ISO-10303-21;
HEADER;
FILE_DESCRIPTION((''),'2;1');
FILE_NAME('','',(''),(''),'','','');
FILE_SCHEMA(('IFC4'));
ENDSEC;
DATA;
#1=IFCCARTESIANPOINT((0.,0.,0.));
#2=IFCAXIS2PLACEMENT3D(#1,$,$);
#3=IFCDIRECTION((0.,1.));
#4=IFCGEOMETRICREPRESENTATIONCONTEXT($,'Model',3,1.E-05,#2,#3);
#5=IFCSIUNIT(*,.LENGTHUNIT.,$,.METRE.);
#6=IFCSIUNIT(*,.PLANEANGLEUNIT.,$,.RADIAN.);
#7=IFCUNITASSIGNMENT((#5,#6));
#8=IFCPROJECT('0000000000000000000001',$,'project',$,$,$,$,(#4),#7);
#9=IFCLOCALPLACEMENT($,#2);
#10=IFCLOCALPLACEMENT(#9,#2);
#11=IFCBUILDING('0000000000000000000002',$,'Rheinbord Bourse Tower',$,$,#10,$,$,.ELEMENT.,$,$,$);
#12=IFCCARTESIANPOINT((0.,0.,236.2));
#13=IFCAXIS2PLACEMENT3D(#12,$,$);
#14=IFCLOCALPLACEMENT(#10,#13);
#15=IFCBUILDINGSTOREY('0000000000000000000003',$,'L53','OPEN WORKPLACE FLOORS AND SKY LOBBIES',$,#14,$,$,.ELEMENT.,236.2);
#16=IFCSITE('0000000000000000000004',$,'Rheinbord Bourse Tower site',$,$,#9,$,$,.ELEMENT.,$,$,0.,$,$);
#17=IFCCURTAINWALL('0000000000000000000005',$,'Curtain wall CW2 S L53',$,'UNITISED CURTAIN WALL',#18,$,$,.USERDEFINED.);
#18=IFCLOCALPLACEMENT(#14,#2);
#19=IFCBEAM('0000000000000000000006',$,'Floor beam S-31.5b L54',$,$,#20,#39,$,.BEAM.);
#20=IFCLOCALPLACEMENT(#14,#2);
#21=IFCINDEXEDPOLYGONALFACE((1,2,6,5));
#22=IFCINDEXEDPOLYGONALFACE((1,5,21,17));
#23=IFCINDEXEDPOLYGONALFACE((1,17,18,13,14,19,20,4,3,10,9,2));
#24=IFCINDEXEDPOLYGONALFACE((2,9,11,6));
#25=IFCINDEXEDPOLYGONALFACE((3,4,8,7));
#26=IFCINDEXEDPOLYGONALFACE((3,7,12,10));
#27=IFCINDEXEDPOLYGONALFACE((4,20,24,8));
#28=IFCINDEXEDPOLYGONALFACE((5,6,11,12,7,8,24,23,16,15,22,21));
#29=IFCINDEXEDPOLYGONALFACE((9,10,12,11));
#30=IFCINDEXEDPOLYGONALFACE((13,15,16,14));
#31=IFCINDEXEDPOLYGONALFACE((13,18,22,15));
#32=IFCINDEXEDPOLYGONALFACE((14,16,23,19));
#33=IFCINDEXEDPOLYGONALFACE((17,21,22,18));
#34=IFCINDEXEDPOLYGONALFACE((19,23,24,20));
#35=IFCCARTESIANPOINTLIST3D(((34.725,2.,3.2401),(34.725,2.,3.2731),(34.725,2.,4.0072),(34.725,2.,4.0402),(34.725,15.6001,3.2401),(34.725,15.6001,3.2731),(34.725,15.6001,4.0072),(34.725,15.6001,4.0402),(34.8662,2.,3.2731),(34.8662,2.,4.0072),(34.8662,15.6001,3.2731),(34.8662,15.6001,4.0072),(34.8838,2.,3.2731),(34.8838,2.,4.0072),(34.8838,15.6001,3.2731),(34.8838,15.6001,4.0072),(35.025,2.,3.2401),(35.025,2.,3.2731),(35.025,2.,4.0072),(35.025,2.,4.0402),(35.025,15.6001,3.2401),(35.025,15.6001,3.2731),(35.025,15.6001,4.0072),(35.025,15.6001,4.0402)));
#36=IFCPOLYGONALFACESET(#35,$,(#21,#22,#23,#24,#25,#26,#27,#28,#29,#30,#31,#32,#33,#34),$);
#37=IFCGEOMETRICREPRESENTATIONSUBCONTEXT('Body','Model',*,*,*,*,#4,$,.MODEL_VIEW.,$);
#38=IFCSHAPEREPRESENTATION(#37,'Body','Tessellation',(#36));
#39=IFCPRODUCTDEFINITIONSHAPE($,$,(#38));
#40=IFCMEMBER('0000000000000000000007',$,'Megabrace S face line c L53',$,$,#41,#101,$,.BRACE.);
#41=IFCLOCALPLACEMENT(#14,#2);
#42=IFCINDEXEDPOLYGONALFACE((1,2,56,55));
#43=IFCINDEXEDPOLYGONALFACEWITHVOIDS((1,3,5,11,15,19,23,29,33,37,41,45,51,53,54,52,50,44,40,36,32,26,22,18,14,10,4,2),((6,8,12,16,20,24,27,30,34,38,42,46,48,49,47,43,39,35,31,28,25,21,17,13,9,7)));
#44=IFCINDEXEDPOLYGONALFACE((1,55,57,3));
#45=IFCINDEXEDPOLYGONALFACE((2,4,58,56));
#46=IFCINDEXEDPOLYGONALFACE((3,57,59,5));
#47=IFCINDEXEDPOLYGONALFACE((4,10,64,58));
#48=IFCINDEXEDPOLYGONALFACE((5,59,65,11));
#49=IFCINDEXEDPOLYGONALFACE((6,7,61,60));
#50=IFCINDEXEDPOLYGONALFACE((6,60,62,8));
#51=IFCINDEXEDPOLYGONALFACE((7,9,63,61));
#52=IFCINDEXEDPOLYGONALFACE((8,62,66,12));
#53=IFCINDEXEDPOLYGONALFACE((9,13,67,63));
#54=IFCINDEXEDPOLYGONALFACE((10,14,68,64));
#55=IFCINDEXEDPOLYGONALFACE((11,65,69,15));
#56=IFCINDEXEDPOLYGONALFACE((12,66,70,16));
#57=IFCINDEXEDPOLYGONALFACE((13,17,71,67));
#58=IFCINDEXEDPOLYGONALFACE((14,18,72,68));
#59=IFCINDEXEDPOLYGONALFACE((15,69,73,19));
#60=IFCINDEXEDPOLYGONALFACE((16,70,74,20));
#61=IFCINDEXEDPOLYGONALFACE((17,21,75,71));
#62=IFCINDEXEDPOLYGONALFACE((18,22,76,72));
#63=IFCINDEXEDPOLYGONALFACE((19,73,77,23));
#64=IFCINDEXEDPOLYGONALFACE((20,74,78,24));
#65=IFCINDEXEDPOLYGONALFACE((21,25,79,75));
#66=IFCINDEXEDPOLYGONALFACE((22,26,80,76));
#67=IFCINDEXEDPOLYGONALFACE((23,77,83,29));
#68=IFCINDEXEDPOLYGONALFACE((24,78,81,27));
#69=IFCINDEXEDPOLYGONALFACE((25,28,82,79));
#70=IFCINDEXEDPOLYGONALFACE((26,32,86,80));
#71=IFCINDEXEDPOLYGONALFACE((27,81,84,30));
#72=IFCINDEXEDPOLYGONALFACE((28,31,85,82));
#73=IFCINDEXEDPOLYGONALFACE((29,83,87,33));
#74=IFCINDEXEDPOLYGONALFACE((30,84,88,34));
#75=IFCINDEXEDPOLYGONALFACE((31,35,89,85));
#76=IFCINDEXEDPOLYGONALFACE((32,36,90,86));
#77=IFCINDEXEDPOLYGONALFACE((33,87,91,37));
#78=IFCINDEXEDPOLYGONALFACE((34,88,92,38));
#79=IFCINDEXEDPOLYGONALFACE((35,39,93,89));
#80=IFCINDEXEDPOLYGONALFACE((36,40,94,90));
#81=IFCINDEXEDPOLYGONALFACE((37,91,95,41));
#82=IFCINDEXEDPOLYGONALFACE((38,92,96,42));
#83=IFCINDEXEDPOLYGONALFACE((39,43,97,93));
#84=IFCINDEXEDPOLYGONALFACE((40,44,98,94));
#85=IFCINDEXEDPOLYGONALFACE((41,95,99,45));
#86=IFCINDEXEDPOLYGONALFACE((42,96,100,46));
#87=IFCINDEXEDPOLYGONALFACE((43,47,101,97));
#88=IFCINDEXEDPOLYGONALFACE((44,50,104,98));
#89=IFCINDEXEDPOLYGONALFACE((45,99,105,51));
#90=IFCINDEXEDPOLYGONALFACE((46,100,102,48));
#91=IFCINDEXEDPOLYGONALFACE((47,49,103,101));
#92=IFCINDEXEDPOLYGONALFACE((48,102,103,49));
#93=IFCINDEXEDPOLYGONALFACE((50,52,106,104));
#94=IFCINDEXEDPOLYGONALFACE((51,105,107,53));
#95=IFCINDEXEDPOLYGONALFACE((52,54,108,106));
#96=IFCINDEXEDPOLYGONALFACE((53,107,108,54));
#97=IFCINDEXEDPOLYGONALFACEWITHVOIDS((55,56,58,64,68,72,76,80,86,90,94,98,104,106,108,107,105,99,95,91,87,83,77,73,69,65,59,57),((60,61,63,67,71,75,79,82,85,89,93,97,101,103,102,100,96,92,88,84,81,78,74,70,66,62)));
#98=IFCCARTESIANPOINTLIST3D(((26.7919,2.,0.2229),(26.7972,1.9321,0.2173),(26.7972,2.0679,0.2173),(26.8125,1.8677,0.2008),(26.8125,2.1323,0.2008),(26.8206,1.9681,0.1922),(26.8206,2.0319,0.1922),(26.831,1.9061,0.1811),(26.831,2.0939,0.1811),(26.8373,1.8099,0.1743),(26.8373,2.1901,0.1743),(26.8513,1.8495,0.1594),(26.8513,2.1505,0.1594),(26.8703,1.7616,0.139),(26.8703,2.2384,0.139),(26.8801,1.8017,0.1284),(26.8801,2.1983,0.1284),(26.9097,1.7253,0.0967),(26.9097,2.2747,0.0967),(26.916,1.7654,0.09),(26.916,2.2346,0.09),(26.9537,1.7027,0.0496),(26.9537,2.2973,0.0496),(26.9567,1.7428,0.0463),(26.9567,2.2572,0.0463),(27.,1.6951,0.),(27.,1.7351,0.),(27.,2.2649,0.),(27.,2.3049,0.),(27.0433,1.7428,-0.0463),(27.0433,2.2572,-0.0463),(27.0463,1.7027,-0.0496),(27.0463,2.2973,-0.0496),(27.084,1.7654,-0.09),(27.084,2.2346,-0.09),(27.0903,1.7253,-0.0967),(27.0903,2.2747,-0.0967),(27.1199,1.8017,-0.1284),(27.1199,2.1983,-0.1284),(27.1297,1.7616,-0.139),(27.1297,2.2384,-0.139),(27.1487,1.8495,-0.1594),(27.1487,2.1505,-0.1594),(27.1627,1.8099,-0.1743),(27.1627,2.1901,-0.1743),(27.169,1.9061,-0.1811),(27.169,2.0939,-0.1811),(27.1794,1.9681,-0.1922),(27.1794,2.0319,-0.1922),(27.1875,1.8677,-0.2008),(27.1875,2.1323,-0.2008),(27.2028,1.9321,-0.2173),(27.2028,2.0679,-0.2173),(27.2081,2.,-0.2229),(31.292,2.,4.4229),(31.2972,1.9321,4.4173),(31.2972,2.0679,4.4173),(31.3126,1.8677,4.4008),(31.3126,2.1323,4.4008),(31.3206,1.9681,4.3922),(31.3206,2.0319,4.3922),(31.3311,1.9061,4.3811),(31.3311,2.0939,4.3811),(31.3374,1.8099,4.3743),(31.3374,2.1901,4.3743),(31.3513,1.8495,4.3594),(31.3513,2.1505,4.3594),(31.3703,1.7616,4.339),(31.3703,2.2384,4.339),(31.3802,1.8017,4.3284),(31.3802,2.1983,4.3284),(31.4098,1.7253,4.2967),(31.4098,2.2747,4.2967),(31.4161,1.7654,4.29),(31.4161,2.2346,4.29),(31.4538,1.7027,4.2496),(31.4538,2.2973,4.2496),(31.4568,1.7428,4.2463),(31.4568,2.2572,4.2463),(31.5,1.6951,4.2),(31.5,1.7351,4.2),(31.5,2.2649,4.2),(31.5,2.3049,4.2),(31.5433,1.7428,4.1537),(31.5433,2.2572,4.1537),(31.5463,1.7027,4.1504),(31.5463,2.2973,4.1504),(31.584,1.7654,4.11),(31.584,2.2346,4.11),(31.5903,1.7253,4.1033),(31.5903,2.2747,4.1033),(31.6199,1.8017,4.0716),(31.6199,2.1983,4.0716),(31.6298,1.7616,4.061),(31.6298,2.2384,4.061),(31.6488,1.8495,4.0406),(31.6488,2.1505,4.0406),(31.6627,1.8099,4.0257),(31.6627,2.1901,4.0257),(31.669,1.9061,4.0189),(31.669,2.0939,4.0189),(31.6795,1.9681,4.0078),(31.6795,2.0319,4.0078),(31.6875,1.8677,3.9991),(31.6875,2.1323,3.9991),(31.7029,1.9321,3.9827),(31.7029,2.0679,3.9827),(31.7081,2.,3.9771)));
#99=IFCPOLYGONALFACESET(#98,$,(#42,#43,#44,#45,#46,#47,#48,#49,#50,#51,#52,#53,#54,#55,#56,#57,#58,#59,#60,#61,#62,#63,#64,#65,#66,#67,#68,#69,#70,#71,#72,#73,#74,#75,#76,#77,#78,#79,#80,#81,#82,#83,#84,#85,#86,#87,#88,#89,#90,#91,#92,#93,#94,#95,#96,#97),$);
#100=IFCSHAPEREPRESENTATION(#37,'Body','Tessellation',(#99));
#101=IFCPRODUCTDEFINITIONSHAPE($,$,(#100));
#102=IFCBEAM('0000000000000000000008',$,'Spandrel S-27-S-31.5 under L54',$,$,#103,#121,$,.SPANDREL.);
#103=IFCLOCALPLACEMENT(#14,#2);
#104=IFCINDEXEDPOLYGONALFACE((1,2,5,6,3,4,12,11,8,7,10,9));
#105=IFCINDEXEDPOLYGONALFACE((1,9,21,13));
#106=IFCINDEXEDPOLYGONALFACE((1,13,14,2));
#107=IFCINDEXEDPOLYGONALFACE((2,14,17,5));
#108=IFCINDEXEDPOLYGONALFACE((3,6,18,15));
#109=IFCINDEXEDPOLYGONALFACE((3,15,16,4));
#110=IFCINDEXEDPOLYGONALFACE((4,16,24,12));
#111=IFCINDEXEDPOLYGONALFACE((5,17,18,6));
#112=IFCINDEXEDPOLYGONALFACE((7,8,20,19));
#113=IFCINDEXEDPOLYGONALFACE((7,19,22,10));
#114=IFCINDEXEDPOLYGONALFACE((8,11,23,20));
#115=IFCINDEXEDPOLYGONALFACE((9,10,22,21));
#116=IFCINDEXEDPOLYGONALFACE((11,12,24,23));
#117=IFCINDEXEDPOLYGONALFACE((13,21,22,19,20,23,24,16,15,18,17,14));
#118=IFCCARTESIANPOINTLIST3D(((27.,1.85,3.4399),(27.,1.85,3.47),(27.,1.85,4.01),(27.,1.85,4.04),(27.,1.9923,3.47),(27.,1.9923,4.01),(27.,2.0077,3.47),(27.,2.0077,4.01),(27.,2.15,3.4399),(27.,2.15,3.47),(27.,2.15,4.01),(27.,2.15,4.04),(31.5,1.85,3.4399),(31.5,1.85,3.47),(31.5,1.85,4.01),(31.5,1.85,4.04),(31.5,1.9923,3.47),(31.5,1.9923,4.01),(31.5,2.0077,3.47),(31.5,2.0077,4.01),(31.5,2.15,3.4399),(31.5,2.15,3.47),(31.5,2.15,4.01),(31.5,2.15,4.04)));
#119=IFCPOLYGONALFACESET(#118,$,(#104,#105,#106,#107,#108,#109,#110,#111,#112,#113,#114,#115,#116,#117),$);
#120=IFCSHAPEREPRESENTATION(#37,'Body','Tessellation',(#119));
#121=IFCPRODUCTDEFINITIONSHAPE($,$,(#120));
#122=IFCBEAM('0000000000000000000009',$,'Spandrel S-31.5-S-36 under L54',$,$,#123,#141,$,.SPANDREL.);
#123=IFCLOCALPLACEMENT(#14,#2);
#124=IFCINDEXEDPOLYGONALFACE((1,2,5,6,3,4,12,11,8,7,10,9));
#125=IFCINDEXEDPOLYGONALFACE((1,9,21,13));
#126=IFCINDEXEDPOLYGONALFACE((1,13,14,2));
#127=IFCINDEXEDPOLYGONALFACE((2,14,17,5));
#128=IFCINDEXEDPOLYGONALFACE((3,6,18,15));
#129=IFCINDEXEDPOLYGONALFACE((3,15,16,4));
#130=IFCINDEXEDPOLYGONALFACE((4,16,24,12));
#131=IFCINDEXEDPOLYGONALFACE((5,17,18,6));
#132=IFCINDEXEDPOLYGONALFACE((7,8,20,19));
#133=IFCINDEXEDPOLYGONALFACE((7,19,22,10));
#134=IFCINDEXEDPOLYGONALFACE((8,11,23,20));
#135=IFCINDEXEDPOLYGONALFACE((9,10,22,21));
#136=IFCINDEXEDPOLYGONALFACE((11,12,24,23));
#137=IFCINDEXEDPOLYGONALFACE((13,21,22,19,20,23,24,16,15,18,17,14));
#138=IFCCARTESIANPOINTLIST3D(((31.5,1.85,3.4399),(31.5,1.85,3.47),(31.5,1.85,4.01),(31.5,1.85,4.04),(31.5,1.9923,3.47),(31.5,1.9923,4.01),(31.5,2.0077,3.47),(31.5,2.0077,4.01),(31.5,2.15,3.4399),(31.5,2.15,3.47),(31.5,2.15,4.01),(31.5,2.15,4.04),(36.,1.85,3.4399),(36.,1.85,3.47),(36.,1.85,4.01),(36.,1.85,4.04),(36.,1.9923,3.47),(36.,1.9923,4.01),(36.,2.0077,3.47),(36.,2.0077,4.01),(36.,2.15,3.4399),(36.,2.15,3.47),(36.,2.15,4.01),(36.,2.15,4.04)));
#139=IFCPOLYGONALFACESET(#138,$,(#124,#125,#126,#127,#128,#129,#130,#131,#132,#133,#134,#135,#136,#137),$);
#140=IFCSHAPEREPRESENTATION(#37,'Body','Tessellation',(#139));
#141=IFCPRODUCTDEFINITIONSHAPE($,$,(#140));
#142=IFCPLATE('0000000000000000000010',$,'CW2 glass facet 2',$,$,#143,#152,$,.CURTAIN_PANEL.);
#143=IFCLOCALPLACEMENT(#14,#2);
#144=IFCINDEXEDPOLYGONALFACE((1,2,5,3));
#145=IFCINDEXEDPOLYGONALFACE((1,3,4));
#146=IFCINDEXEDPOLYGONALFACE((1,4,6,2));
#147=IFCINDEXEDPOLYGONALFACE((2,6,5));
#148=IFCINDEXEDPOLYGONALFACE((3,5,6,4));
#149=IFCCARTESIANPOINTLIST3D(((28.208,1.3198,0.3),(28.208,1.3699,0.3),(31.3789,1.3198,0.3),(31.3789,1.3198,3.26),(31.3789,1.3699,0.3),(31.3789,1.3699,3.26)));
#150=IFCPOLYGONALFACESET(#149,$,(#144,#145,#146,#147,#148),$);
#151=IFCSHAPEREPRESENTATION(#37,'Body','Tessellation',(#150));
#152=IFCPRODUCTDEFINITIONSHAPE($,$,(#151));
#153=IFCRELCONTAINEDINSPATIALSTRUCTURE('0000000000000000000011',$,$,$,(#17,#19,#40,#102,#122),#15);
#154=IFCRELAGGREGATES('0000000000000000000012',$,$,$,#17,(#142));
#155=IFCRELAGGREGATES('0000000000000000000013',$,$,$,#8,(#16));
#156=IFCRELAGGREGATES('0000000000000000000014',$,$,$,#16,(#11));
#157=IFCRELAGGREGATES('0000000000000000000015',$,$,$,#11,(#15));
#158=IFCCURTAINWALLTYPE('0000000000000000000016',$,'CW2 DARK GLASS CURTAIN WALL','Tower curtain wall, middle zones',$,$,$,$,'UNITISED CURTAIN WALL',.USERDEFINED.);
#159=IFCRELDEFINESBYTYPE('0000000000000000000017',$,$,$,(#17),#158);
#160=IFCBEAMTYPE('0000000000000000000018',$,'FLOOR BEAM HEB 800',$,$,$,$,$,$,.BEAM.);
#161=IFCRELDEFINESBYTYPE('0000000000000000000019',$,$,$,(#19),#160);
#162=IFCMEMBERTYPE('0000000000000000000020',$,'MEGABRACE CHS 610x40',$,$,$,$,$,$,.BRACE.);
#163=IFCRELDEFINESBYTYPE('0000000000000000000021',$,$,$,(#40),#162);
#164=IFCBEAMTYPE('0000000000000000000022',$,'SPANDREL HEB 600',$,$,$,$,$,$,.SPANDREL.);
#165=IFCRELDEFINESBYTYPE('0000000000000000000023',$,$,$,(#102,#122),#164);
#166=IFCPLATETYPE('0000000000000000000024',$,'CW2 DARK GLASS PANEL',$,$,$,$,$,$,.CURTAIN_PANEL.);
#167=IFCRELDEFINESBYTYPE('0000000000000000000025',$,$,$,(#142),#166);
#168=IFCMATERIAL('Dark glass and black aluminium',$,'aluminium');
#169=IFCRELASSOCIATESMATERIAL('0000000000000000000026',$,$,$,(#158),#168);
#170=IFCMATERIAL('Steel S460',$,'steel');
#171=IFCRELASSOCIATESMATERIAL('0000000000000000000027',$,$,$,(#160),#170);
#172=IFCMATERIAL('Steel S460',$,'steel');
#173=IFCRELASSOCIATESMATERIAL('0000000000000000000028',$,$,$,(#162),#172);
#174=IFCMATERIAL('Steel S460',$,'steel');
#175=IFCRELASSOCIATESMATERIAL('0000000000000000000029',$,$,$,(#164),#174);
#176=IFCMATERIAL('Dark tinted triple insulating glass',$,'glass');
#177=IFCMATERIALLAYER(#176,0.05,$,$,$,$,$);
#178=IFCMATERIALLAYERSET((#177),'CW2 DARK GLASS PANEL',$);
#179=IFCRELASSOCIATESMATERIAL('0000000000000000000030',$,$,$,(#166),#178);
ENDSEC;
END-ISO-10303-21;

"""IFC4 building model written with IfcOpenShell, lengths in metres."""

from ifc_helpers import new_model, si_unit, direction, frame, origin, origin_2d, place, context, subcontext, project, spatial, polyline, hollow_circle, i_section, outline, extrude, material, layer, layer_set, material_profile, profile_set, type_object, element, aggregate, save


model = new_model("IFC4")

# Units and contexts
model_context = context("Model", 3, precision=1e-05, world=origin(), true_north=direction((0.0, 1.0)))
body_context = subcontext(model_context, "Body", "Model", "MODEL_VIEW")
ifc_project = project(units=[si_unit("LENGTHUNIT", "METRE"), si_unit("PLANEANGLEUNIT", "RADIAN")], contexts=[model_context])

# Site, building, storey
site_placement = place(None, origin())
site = spatial("IfcSite", under=ifc_project, at=site_placement, Name="Rheinbord Bourse Tower site", CompositionType="ELEMENT", RefElevation=0.0)
building_placement = place(site_placement, origin())
building = spatial("IfcBuilding", under=site, at=building_placement, Name="Rheinbord Bourse Tower", CompositionType="ELEMENT")
storey_placement = place(building_placement, frame((0.0, 0.0, 236.2)))
storey = spatial("IfcBuildingStorey", under=building, at=storey_placement, Name="L53", Description="OPEN WORKPLACE FLOORS AND SKY LOBBIES", CompositionType="ELEMENT", Elevation=236.2)

# Curtain wall
ifc_material_1 = material(Name="Dark glass and black aluminium", Category="aluminium")
curtain_wall_type = type_object("IfcCurtainWallType", Name="CW2 DARK GLASS CURTAIN WALL", Description="Tower curtain wall, middle zones", ElementType="UNITISED CURTAIN WALL", PredefinedType="USERDEFINED", material=ifc_material_1)
curtain_wall_placement = place(storey_placement, origin())
curtain_wall = element("IfcCurtainWall", 1, at=curtain_wall_placement, inside=storey, type_object=curtain_wall_type, Name="Curtain wall CW2 S L53", ObjectType="UNITISED CURTAIN WALL", PredefinedType="USERDEFINED")

# Beam
ifc_material_2 = material(Name="Steel S460", Category="steel")
ifc_material_profile_1 = material_profile(ifc_material_2, i_section(OverallWidth=0.3, OverallDepth=0.8, WebThickness=0.0176, FlangeThickness=0.033, at=origin_2d()), Name="HEB 800")
ifc_profile_set_1 = profile_set([ifc_material_profile_1], Name="Steel S460")
beam_type_1 = type_object("IfcBeamType", Name="FLOOR BEAM HEB 800", PredefinedType="BEAM", material=ifc_profile_set_1)
for number, where, z_axis, x_axis, name in (
    (2, (34.875, 2.0, 3.6401), (0.0, 1.0, 0.0), (-1.0, 0.0, 0.0), "Floor beam S-31.5b L54"),
):
    element("IfcBeam", number, at=place(storey_placement, frame(where, z_axis=z_axis, x_axis=x_axis)), inside=storey, type_object=beam_type_1, Name=name, PredefinedType="BEAM", context=body_context, shape_type="SweptSolid", body=[
        extrude(i_section(OverallWidth=0.3, OverallDepth=0.8, WebThickness=0.0176, FlangeThickness=0.033, at=origin_2d()), origin(), (0.0, 0.0, 1.0), 13.6001),
    ])

# Member
ifc_material_3 = material(Name="Steel S460", Category="steel")
ifc_material_profile_2 = material_profile(ifc_material_3, hollow_circle(Radius=0.3049, WallThickness=0.04, at=origin_2d()), Name="CHS 610x40")
ifc_profile_set_2 = profile_set([ifc_material_profile_2], Name="Steel S460")
member_type_1 = type_object("IfcMemberType", Name="MEGABRACE CHS 610x40", PredefinedType="BRACE", material=ifc_profile_set_2)
member_1_placement = place(storey_placement, frame((27.0, 2.0, 0.0), z_axis=(0.731059, 0.0, 0.682314), x_axis=(0.0, 1.0, 0.0)))
element("IfcMember", 3, at=member_1_placement, inside=storey, type_object=member_type_1, Name="Megabrace S face line c L53", PredefinedType="BRACE", context=body_context, shape_type="SweptSolid", body=[
    extrude(hollow_circle(Radius=0.3049, WallThickness=0.04, at=origin_2d()), origin(), (0.0, 0.0, 1.0), 6.1555),
])

# Beams
ifc_material_4 = material(Name="Steel S460", Category="steel")
ifc_material_profile_3 = material_profile(ifc_material_4, i_section(OverallWidth=0.3, OverallDepth=0.6001, WebThickness=0.0154, FlangeThickness=0.03, at=origin_2d()), Name="HEB 600")
ifc_profile_set_3 = profile_set([ifc_material_profile_3], Name="Steel S460")
beam_type_2 = type_object("IfcBeamType", Name="SPANDREL HEB 600", PredefinedType="SPANDREL", material=ifc_profile_set_3)
for number, where, z_axis, x_axis, name in (
    (4, (27.0, 2.0, 3.74), (1.0, 0.0, 0.0), (0.0, 1.0, 0.0), "Spandrel S-27-S-31.5 under L54"),
    (5, (31.5, 2.0, 3.74), (1.0, 0.0, 0.0), (0.0, 1.0, 0.0), "Spandrel S-31.5-S-36 under L54"),
):
    element("IfcBeam", number, at=place(storey_placement, frame(where, z_axis=z_axis, x_axis=x_axis)), inside=storey, type_object=beam_type_2, Name=name, PredefinedType="SPANDREL", context=body_context, shape_type="SweptSolid", body=[
        extrude(i_section(OverallWidth=0.3, OverallDepth=0.6001, WebThickness=0.0154, FlangeThickness=0.03, at=origin_2d()), origin(), (0.0, 0.0, 1.0), 4.5),
    ])

# Plate
ifc_material_5 = material(Name="Dark tinted triple insulating glass", Category="glass")
ifc_layer = layer(ifc_material_5, 0.05)
ifc_layer_set = layer_set([ifc_layer], Name="CW2 DARK GLASS PANEL")
plate_type = type_object("IfcPlateType", Name="CW2 DARK GLASS PANEL", PredefinedType="CURTAIN_PANEL", material=ifc_layer_set)
plate_placement = place(storey_placement, frame((31.3789, 1.3198, 0.3), z_axis=(0.0, 1.0, 0.0), x_axis=(-1.0, 0.0, 0.0)))
plate = element("IfcPlate", 6, at=plate_placement, type_object=plate_type, Name="CW2 glass facet 2", PredefinedType="CURTAIN_PANEL", context=body_context, shape_type="SweptSolid", body=[
    extrude(outline(polyline([(0.0, 0.0), (3.1709, 0.0), (0.0, 2.96), (0.0, 0.0)])), origin(), (0.0, 0.0, 1.0), 0.05),
])
aggregate(curtain_wall, [plate])

save(model, "model.ifc")
